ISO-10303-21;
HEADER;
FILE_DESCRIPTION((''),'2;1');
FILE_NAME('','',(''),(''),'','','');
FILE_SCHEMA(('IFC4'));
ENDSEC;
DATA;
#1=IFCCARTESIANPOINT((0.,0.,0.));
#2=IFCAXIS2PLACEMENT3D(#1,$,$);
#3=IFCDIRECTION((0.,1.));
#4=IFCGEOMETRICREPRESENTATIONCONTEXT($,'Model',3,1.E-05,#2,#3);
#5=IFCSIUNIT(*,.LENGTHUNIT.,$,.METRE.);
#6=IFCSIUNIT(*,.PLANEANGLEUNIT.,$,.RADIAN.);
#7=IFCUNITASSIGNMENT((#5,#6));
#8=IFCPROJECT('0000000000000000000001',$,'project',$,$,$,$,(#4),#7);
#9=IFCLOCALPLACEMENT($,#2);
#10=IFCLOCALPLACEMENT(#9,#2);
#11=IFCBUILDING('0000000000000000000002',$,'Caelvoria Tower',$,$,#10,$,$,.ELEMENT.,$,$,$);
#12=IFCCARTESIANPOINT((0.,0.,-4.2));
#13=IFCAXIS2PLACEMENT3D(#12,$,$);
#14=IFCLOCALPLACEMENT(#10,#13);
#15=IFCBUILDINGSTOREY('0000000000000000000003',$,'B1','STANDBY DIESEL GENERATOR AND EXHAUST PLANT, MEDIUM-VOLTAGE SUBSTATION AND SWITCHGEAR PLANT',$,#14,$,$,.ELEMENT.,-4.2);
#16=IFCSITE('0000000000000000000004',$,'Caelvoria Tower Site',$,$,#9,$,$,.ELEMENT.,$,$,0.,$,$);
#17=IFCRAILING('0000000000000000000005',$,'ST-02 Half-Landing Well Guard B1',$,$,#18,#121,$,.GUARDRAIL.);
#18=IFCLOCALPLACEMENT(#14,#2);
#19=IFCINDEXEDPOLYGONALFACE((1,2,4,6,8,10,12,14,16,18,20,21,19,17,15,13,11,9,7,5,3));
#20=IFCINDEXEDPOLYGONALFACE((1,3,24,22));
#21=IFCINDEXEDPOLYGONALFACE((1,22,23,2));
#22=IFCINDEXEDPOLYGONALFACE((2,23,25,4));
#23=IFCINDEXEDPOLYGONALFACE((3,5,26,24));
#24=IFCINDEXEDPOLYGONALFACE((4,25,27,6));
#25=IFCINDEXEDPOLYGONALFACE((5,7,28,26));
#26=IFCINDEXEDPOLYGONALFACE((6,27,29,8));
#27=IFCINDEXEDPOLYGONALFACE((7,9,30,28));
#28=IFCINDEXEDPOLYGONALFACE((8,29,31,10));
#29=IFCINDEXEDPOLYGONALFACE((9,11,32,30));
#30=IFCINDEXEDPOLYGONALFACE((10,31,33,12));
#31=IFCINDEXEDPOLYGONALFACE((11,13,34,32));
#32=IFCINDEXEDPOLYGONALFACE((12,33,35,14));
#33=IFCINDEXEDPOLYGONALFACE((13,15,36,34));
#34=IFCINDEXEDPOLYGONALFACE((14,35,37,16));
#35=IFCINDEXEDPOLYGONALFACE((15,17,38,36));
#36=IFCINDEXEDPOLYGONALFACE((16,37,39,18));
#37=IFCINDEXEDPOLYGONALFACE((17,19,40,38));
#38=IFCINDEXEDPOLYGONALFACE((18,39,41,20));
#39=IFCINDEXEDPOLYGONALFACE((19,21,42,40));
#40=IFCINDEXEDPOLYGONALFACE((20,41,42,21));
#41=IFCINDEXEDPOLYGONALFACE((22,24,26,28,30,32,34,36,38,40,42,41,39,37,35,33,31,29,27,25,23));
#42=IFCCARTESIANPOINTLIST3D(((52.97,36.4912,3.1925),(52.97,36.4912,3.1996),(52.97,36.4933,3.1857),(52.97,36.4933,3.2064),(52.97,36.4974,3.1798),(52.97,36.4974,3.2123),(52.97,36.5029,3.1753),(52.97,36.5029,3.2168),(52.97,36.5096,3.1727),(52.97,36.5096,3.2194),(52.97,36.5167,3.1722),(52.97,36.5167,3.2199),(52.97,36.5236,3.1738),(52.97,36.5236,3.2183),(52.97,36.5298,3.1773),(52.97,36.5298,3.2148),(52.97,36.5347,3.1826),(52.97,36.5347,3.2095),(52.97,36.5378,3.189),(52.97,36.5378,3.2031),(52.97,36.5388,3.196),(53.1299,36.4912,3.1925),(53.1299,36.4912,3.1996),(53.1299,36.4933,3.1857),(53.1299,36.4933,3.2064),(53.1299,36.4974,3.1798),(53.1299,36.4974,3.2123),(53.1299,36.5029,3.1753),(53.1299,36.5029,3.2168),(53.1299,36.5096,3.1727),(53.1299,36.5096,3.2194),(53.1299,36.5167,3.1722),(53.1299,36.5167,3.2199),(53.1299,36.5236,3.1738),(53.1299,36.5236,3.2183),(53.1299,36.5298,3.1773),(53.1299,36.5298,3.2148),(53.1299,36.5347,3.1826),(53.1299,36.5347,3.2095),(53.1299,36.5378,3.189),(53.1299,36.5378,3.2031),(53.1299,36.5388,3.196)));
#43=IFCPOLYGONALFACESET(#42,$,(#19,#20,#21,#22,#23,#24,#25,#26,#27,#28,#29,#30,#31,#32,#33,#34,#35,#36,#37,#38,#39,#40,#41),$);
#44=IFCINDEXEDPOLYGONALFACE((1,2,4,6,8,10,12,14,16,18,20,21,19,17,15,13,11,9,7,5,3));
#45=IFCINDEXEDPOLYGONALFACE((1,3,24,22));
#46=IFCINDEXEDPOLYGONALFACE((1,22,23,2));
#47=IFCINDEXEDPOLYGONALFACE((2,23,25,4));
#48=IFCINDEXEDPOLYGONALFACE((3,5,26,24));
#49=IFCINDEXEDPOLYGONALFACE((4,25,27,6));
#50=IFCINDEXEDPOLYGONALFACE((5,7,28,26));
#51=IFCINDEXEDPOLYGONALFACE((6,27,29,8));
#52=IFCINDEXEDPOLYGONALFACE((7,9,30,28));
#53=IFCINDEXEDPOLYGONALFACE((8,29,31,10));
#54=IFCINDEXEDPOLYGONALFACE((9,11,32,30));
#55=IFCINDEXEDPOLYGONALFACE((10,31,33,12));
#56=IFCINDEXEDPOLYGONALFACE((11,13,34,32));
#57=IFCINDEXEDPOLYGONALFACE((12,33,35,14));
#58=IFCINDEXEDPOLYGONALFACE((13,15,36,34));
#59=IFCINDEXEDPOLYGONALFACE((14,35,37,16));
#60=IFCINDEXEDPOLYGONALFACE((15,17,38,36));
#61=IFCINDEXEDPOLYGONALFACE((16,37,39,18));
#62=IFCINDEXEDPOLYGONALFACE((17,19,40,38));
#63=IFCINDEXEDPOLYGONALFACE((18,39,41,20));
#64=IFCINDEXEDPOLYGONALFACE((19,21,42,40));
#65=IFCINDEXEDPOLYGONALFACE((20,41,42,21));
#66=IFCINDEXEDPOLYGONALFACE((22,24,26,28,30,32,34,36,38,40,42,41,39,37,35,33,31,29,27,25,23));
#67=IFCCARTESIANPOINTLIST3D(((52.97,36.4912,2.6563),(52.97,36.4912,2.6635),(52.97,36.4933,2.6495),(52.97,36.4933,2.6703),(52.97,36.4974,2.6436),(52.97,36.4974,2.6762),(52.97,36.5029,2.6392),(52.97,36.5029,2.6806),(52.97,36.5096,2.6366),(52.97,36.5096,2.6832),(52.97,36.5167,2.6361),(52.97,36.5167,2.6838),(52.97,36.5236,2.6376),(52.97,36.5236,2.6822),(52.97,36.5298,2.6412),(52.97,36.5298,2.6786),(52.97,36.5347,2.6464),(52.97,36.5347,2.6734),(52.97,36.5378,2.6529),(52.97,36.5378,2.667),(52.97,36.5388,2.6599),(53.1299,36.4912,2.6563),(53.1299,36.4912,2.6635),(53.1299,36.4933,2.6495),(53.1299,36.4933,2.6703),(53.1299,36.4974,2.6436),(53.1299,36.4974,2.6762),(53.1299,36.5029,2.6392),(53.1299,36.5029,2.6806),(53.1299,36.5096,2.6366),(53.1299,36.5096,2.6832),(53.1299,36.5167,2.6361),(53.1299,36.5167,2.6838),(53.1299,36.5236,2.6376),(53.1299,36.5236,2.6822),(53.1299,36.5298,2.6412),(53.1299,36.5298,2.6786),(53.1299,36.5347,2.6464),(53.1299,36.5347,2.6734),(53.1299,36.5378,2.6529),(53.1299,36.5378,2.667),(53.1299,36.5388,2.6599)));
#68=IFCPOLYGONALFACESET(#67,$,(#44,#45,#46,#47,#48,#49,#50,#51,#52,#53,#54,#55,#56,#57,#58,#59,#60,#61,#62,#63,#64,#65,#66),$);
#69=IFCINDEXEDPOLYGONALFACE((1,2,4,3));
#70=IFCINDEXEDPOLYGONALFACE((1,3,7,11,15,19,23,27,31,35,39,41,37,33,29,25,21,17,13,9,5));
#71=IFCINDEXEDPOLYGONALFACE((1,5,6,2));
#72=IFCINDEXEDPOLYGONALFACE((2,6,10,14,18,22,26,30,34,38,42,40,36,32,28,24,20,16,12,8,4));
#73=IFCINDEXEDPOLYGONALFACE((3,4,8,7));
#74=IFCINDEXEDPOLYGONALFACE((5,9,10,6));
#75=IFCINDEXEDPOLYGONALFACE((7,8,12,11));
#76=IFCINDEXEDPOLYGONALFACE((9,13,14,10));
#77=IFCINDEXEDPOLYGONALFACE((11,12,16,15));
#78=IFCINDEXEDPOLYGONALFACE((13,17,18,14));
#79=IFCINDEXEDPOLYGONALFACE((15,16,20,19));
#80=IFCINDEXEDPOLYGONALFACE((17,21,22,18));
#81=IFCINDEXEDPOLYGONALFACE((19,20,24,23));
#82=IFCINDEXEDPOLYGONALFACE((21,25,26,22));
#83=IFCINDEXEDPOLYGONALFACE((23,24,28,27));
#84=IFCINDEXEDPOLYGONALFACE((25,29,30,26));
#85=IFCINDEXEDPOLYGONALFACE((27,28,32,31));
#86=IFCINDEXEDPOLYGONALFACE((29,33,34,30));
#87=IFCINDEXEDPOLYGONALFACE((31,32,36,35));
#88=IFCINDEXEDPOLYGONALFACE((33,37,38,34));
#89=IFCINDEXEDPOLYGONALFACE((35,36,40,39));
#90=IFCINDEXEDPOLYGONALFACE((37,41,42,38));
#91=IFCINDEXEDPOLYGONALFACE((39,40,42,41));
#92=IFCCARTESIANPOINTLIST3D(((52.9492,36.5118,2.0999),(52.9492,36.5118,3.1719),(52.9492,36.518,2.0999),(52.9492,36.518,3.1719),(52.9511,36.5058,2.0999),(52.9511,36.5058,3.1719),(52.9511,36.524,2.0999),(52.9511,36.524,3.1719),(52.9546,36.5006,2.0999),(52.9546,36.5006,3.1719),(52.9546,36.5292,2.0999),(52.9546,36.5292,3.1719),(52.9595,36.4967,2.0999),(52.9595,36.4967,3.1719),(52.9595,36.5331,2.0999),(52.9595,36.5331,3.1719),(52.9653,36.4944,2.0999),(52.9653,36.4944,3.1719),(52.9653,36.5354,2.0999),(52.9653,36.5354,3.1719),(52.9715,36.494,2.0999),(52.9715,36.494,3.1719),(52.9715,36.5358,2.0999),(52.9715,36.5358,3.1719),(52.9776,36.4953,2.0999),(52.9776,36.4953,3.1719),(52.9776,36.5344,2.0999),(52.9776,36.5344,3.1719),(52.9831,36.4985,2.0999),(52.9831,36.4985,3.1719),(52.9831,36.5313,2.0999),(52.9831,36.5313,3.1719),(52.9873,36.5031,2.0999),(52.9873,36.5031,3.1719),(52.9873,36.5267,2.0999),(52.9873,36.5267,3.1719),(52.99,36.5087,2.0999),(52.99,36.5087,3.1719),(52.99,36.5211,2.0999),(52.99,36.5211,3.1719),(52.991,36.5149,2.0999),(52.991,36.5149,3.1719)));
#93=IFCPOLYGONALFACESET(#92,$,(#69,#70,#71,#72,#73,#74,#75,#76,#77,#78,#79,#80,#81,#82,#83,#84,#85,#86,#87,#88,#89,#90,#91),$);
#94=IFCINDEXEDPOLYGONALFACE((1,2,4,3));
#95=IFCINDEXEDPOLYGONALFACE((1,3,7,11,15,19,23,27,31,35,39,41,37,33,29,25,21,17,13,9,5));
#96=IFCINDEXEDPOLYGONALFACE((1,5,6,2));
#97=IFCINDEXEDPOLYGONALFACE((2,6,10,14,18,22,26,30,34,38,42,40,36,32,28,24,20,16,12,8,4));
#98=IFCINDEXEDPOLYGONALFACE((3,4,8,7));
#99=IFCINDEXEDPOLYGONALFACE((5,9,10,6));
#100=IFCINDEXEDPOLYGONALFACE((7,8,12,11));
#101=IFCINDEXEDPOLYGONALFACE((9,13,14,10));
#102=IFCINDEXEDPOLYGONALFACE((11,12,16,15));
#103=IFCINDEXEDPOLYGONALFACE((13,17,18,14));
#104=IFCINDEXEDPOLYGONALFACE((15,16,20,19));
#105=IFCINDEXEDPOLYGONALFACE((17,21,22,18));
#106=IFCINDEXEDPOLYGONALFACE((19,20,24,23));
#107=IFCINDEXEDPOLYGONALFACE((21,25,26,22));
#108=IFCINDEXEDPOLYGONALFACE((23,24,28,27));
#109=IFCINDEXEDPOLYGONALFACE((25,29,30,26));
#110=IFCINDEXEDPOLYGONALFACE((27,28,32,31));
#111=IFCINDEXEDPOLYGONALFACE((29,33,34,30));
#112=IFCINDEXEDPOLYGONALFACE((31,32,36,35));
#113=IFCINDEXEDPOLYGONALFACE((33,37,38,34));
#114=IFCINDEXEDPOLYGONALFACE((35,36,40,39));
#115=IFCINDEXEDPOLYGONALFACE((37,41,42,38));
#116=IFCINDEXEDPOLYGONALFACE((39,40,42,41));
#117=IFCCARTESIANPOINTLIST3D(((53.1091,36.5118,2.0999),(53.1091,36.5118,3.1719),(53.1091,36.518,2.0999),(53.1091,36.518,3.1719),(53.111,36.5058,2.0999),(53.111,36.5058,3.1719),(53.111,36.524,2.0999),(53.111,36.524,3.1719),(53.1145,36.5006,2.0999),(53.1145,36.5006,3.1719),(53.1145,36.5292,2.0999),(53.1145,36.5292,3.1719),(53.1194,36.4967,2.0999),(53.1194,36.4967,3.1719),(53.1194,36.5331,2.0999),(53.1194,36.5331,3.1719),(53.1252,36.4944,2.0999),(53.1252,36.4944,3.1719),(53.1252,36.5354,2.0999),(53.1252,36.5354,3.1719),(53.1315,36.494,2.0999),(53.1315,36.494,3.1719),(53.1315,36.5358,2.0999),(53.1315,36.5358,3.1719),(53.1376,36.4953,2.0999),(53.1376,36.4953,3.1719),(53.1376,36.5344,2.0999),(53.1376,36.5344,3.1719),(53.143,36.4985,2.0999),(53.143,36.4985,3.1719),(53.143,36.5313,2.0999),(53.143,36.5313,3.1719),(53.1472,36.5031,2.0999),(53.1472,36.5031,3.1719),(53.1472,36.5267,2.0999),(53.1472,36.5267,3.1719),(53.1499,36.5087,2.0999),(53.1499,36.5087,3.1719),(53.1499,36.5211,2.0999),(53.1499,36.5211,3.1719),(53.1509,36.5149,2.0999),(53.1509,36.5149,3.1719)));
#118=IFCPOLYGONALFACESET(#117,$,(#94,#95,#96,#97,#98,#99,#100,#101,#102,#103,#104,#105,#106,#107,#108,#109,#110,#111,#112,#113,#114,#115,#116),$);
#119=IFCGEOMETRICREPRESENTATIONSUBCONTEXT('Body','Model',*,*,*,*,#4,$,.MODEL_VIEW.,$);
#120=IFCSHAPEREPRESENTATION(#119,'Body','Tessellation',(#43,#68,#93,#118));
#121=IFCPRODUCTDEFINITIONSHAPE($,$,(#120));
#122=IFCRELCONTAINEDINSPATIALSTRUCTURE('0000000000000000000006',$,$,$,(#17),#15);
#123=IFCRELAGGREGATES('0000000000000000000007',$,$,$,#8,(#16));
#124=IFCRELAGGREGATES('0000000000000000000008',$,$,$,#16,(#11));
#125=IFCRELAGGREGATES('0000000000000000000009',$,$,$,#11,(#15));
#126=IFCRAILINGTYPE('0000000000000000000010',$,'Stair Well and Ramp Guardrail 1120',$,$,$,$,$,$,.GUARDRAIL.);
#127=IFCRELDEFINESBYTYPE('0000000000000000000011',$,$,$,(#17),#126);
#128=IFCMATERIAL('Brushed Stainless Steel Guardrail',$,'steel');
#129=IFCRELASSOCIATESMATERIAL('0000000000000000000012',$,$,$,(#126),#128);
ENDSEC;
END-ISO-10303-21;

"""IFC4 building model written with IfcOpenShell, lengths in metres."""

from ifc_helpers import new_model, si_unit, direction, frame, origin, origin_2d, place, context, subcontext, project, spatial, circle, extrude, material, type_object, element, save


model = new_model("IFC4")

# Units and contexts
model_context = context("Model", 3, precision=1e-05, world=origin(), true_north=direction((0.0, 1.0)))
body_context = subcontext(model_context, "Body", "Model", "MODEL_VIEW")
ifc_project = project(units=[si_unit("LENGTHUNIT", "METRE"), si_unit("PLANEANGLEUNIT", "RADIAN")], contexts=[model_context])

# Site, building, storey
site_placement = place(None, origin())
site = spatial("IfcSite", under=ifc_project, at=site_placement, Name="Caelvoria Tower Site", CompositionType="ELEMENT", RefElevation=0.0)
building_placement = place(site_placement, origin())
building = spatial("IfcBuilding", under=site, at=building_placement, Name="Caelvoria Tower", CompositionType="ELEMENT")
storey_placement = place(building_placement, frame((0.0, 0.0, -4.2)))
storey = spatial("IfcBuildingStorey", under=building, at=storey_placement, Name="B1", Description="STANDBY DIESEL GENERATOR AND EXHAUST PLANT, MEDIUM-VOLTAGE SUBSTATION AND SWITCHGEAR PLANT", CompositionType="ELEMENT", Elevation=-4.2)

# Railing
ifc_material_1 = material(Name="Brushed Stainless Steel Guardrail", Category="steel")
railing_type_1 = type_object("IfcRailingType", Name="Stair Well and Ramp Guardrail 1120", PredefinedType="GUARDRAIL", material=ifc_material_1)
railing_1_placement = place(storey_placement, frame((52.97, 36.5149, 2.0999)))
element("IfcRailing", 1, at=railing_1_placement, inside=storey, type_object=railing_type_1, Name="ST-02 Half-Landing Well Guard B1", PredefinedType="GUARDRAIL", context=body_context, shape_type="SweptSolid", body=[
    extrude(circle(Radius=0.0239, at=origin_2d()), frame((0.0, 0.0, 1.0962), z_axis=(1.0, 0.0, 0.0), x_axis=(0.0, 1.0, 0.0)), (0.0, 0.0, 1.0), 0.1599),
    extrude(circle(Radius=0.0239, at=origin_2d()), frame((0.0, 0.0, 0.5601), z_axis=(1.0, 0.0, 0.0), x_axis=(0.0, 1.0, 0.0)), (0.0, 0.0, 1.0), 0.1599),
    extrude(circle(Radius=0.021, at=origin_2d()), origin(), (0.0, 0.0, 1.0), 1.072),
    extrude(circle(Radius=0.021, at=origin_2d()), frame((0.1599, 0.0, 0.0)), (0.0, 0.0, 1.0), 1.072),
])

save(model, "model.ifc")
